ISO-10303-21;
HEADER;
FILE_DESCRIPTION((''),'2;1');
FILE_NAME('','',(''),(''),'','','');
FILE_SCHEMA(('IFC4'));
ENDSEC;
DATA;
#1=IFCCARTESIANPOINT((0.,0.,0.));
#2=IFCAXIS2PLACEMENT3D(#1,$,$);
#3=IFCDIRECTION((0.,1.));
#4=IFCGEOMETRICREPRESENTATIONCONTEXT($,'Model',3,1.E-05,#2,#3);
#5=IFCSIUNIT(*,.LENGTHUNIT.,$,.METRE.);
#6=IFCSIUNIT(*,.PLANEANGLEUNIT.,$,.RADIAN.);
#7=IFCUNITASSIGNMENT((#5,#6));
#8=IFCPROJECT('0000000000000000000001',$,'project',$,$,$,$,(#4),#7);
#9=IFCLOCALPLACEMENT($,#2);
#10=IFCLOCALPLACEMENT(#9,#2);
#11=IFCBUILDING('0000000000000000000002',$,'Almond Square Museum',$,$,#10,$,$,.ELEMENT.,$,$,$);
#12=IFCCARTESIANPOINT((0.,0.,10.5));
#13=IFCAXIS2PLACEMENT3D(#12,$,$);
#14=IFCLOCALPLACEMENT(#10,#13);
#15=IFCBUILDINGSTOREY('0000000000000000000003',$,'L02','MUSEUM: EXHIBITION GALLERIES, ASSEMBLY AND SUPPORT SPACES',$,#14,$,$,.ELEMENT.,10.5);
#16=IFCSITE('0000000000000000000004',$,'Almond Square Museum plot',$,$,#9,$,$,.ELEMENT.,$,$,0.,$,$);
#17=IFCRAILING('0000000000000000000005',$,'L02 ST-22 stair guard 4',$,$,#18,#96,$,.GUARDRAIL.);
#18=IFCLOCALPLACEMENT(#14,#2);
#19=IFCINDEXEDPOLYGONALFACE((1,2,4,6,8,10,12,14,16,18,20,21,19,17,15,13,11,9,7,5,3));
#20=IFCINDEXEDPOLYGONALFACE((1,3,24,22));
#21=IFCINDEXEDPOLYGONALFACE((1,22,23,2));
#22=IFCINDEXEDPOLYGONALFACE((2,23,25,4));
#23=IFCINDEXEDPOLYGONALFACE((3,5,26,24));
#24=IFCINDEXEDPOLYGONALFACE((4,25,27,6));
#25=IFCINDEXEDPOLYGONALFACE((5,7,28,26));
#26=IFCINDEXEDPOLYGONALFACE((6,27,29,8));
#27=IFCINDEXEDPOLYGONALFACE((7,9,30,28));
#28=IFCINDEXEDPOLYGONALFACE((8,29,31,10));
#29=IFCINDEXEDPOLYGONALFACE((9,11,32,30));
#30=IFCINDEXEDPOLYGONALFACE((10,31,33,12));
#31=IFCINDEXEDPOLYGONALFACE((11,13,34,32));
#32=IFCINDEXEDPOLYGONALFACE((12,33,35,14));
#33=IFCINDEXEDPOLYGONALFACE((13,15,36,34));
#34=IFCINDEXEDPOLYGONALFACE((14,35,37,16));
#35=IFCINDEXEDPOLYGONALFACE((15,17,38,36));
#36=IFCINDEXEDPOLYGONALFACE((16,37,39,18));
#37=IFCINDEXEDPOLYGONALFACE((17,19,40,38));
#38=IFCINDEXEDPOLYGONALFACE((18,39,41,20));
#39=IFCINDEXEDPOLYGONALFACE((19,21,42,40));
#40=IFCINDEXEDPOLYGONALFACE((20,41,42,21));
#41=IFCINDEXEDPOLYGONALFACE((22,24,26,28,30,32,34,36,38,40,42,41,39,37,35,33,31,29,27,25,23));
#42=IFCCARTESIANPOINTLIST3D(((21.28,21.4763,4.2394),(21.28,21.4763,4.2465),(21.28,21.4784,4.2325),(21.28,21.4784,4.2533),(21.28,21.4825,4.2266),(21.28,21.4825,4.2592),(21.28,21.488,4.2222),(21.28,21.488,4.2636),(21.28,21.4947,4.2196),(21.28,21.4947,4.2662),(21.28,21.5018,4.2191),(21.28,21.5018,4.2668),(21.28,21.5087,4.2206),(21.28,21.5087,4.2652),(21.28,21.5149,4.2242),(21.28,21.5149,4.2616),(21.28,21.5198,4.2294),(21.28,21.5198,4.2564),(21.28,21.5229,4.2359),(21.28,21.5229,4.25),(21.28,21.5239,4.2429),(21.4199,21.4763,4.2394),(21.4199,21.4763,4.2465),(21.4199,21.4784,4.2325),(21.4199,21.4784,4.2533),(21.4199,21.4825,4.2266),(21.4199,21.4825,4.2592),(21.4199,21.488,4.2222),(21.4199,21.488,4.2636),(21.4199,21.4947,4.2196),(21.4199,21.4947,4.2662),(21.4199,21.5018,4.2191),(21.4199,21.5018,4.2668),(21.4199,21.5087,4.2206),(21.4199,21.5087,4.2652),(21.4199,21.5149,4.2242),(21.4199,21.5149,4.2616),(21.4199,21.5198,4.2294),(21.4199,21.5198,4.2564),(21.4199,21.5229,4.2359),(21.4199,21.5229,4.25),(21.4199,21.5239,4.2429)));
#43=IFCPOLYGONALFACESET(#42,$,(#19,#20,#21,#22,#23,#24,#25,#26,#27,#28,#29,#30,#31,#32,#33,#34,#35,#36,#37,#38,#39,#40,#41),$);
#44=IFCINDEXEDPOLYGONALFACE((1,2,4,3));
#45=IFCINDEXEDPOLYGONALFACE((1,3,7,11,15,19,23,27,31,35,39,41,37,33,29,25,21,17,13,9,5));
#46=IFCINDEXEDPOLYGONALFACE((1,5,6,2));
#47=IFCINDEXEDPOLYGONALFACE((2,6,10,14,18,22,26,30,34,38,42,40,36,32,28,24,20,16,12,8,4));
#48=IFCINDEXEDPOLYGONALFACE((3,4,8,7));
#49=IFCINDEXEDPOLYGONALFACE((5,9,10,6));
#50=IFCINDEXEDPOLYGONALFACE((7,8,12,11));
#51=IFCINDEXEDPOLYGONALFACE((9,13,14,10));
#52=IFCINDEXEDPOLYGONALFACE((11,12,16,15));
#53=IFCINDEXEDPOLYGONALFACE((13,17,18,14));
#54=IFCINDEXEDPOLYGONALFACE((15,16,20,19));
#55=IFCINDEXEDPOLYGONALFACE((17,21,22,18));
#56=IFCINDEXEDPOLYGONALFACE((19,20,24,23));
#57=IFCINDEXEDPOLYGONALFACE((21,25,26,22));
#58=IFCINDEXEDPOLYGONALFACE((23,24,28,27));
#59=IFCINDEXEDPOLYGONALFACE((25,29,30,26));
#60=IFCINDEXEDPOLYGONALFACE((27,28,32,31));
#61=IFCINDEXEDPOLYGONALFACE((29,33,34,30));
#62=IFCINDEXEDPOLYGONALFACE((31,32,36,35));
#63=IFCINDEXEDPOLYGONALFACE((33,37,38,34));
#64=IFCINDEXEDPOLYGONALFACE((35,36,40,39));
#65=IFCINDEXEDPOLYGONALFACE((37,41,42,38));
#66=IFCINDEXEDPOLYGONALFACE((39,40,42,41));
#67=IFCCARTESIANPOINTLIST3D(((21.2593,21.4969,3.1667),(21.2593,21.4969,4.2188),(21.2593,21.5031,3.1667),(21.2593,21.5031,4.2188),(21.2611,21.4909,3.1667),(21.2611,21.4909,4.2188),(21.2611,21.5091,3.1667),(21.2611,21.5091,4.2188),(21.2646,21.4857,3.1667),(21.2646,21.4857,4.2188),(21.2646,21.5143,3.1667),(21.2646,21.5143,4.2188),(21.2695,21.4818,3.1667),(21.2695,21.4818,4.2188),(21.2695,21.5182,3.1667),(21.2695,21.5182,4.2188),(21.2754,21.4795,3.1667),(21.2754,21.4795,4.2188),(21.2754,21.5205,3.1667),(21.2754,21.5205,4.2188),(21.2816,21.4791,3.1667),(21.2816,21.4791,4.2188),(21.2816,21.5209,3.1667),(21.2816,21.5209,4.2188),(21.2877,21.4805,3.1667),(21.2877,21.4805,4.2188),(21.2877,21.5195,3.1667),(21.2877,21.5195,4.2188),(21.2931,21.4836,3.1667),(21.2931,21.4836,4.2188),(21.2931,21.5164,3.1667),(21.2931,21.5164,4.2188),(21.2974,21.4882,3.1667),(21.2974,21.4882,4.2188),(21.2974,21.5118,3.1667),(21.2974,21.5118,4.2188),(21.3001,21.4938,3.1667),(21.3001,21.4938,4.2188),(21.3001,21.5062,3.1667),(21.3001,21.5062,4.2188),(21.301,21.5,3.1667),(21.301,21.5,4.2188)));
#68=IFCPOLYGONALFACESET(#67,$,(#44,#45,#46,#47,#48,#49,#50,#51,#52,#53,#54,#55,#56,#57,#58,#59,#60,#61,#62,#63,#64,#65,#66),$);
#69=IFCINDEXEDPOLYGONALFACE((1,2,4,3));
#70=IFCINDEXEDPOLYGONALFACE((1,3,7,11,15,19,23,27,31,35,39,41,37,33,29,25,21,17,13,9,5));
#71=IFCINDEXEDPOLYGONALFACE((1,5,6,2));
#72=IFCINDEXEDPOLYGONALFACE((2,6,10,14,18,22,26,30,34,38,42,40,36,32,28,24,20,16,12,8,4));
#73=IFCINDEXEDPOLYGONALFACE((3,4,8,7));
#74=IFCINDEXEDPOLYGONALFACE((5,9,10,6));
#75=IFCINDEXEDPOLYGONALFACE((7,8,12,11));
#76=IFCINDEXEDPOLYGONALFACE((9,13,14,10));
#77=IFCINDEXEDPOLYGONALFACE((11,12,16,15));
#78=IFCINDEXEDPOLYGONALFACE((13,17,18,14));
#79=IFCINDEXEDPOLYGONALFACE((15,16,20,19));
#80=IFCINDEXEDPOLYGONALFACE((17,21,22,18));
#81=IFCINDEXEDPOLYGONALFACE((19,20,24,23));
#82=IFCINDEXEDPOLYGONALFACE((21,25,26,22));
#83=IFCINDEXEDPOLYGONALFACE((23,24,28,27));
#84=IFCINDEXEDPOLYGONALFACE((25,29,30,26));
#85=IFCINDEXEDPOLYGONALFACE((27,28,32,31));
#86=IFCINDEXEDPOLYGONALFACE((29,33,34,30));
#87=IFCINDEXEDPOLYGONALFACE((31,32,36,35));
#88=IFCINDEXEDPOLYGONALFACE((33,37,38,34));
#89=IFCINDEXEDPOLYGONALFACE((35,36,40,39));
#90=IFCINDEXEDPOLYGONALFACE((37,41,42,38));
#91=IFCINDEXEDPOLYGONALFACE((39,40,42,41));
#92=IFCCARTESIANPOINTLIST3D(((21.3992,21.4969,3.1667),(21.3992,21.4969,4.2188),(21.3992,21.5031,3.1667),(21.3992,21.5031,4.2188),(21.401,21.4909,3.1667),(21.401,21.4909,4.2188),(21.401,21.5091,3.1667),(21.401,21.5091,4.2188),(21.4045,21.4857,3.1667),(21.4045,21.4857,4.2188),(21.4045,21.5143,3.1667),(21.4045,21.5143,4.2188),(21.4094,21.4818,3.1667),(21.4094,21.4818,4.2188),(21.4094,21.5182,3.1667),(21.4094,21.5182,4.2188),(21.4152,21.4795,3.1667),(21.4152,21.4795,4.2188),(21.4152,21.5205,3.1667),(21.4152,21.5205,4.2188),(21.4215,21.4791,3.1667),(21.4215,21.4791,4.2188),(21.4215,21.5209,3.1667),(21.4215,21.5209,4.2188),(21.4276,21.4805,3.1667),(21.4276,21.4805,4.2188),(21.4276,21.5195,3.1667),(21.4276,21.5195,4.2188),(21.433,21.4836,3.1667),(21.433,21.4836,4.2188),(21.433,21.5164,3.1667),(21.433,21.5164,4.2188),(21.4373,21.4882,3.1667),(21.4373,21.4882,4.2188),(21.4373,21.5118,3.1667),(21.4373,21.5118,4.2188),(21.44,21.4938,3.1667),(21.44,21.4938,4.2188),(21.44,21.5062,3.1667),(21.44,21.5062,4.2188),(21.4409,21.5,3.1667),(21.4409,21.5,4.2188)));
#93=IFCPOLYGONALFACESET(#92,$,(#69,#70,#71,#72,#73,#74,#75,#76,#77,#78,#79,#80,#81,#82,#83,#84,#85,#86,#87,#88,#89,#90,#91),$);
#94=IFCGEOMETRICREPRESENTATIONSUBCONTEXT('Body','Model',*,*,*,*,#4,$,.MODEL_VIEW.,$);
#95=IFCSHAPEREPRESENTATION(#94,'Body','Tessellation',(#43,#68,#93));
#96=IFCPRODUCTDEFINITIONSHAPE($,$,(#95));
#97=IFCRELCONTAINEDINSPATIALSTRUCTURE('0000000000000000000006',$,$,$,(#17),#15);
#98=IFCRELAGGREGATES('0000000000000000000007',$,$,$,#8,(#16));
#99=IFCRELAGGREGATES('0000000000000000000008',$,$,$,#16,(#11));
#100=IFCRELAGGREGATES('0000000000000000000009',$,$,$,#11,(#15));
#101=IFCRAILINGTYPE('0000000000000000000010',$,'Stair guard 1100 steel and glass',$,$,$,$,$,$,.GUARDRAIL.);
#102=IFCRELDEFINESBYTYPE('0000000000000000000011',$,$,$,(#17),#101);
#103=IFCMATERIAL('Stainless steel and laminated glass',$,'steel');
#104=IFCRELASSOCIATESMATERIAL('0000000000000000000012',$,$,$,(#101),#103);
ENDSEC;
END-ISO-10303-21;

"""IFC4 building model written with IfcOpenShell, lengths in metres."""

from ifc_helpers import new_model, si_unit, direction, frame, origin, origin_2d, place, context, subcontext, project, spatial, circle, extrude, material, type_object, element, save


model = new_model("IFC4")

# Units and contexts
model_context = context("Model", 3, precision=1e-05, world=origin(), true_north=direction((0.0, 1.0)))
body_context = subcontext(model_context, "Body", "Model", "MODEL_VIEW")
ifc_project = project(units=[si_unit("LENGTHUNIT", "METRE"), si_unit("PLANEANGLEUNIT", "RADIAN")], contexts=[model_context])

# Site, building, storey
site_placement = place(None, origin())
site = spatial("IfcSite", under=ifc_project, at=site_placement, Name="Almond Square Museum plot", CompositionType="ELEMENT", RefElevation=0.0)
building_placement = place(site_placement, origin())
building = spatial("IfcBuilding", under=site, at=building_placement, Name="Almond Square Museum", CompositionType="ELEMENT")
storey_placement = place(building_placement, frame((0.0, 0.0, 10.5)))
storey = spatial("IfcBuildingStorey", under=building, at=storey_placement, Name="L02", Description="MUSEUM: EXHIBITION GALLERIES, ASSEMBLY AND SUPPORT SPACES", CompositionType="ELEMENT", Elevation=10.5)

# Railing
ifc_material_1 = material(Name="Stainless steel and laminated glass", Category="steel")
railing_type_1 = type_object("IfcRailingType", Name="Stair guard 1100 steel and glass", PredefinedType="GUARDRAIL", material=ifc_material_1)
railing_1_placement = place(storey_placement, frame((21.28, 21.5, 3.1667)))
element("IfcRailing", 1, at=railing_1_placement, inside=storey, type_object=railing_type_1, Name="L02 ST-22 stair guard 4", PredefinedType="GUARDRAIL", context=body_context, shape_type="SweptSolid", body=[
    extrude(circle(Radius=0.0239, at=origin_2d()), frame((0.0, 0.0, 1.0762), z_axis=(1.0, 0.0, 0.0), x_axis=(0.0, 1.0, 0.0)), (0.0, 0.0, 1.0), 0.1399),
    extrude(circle(Radius=0.021, at=origin_2d()), origin(), (0.0, 0.0, 1.0), 1.052),
    extrude(circle(Radius=0.021, at=origin_2d()), frame((0.1399, 0.0, 0.0)), (0.0, 0.0, 1.0), 1.052),
])

save(model, "model.ifc")
